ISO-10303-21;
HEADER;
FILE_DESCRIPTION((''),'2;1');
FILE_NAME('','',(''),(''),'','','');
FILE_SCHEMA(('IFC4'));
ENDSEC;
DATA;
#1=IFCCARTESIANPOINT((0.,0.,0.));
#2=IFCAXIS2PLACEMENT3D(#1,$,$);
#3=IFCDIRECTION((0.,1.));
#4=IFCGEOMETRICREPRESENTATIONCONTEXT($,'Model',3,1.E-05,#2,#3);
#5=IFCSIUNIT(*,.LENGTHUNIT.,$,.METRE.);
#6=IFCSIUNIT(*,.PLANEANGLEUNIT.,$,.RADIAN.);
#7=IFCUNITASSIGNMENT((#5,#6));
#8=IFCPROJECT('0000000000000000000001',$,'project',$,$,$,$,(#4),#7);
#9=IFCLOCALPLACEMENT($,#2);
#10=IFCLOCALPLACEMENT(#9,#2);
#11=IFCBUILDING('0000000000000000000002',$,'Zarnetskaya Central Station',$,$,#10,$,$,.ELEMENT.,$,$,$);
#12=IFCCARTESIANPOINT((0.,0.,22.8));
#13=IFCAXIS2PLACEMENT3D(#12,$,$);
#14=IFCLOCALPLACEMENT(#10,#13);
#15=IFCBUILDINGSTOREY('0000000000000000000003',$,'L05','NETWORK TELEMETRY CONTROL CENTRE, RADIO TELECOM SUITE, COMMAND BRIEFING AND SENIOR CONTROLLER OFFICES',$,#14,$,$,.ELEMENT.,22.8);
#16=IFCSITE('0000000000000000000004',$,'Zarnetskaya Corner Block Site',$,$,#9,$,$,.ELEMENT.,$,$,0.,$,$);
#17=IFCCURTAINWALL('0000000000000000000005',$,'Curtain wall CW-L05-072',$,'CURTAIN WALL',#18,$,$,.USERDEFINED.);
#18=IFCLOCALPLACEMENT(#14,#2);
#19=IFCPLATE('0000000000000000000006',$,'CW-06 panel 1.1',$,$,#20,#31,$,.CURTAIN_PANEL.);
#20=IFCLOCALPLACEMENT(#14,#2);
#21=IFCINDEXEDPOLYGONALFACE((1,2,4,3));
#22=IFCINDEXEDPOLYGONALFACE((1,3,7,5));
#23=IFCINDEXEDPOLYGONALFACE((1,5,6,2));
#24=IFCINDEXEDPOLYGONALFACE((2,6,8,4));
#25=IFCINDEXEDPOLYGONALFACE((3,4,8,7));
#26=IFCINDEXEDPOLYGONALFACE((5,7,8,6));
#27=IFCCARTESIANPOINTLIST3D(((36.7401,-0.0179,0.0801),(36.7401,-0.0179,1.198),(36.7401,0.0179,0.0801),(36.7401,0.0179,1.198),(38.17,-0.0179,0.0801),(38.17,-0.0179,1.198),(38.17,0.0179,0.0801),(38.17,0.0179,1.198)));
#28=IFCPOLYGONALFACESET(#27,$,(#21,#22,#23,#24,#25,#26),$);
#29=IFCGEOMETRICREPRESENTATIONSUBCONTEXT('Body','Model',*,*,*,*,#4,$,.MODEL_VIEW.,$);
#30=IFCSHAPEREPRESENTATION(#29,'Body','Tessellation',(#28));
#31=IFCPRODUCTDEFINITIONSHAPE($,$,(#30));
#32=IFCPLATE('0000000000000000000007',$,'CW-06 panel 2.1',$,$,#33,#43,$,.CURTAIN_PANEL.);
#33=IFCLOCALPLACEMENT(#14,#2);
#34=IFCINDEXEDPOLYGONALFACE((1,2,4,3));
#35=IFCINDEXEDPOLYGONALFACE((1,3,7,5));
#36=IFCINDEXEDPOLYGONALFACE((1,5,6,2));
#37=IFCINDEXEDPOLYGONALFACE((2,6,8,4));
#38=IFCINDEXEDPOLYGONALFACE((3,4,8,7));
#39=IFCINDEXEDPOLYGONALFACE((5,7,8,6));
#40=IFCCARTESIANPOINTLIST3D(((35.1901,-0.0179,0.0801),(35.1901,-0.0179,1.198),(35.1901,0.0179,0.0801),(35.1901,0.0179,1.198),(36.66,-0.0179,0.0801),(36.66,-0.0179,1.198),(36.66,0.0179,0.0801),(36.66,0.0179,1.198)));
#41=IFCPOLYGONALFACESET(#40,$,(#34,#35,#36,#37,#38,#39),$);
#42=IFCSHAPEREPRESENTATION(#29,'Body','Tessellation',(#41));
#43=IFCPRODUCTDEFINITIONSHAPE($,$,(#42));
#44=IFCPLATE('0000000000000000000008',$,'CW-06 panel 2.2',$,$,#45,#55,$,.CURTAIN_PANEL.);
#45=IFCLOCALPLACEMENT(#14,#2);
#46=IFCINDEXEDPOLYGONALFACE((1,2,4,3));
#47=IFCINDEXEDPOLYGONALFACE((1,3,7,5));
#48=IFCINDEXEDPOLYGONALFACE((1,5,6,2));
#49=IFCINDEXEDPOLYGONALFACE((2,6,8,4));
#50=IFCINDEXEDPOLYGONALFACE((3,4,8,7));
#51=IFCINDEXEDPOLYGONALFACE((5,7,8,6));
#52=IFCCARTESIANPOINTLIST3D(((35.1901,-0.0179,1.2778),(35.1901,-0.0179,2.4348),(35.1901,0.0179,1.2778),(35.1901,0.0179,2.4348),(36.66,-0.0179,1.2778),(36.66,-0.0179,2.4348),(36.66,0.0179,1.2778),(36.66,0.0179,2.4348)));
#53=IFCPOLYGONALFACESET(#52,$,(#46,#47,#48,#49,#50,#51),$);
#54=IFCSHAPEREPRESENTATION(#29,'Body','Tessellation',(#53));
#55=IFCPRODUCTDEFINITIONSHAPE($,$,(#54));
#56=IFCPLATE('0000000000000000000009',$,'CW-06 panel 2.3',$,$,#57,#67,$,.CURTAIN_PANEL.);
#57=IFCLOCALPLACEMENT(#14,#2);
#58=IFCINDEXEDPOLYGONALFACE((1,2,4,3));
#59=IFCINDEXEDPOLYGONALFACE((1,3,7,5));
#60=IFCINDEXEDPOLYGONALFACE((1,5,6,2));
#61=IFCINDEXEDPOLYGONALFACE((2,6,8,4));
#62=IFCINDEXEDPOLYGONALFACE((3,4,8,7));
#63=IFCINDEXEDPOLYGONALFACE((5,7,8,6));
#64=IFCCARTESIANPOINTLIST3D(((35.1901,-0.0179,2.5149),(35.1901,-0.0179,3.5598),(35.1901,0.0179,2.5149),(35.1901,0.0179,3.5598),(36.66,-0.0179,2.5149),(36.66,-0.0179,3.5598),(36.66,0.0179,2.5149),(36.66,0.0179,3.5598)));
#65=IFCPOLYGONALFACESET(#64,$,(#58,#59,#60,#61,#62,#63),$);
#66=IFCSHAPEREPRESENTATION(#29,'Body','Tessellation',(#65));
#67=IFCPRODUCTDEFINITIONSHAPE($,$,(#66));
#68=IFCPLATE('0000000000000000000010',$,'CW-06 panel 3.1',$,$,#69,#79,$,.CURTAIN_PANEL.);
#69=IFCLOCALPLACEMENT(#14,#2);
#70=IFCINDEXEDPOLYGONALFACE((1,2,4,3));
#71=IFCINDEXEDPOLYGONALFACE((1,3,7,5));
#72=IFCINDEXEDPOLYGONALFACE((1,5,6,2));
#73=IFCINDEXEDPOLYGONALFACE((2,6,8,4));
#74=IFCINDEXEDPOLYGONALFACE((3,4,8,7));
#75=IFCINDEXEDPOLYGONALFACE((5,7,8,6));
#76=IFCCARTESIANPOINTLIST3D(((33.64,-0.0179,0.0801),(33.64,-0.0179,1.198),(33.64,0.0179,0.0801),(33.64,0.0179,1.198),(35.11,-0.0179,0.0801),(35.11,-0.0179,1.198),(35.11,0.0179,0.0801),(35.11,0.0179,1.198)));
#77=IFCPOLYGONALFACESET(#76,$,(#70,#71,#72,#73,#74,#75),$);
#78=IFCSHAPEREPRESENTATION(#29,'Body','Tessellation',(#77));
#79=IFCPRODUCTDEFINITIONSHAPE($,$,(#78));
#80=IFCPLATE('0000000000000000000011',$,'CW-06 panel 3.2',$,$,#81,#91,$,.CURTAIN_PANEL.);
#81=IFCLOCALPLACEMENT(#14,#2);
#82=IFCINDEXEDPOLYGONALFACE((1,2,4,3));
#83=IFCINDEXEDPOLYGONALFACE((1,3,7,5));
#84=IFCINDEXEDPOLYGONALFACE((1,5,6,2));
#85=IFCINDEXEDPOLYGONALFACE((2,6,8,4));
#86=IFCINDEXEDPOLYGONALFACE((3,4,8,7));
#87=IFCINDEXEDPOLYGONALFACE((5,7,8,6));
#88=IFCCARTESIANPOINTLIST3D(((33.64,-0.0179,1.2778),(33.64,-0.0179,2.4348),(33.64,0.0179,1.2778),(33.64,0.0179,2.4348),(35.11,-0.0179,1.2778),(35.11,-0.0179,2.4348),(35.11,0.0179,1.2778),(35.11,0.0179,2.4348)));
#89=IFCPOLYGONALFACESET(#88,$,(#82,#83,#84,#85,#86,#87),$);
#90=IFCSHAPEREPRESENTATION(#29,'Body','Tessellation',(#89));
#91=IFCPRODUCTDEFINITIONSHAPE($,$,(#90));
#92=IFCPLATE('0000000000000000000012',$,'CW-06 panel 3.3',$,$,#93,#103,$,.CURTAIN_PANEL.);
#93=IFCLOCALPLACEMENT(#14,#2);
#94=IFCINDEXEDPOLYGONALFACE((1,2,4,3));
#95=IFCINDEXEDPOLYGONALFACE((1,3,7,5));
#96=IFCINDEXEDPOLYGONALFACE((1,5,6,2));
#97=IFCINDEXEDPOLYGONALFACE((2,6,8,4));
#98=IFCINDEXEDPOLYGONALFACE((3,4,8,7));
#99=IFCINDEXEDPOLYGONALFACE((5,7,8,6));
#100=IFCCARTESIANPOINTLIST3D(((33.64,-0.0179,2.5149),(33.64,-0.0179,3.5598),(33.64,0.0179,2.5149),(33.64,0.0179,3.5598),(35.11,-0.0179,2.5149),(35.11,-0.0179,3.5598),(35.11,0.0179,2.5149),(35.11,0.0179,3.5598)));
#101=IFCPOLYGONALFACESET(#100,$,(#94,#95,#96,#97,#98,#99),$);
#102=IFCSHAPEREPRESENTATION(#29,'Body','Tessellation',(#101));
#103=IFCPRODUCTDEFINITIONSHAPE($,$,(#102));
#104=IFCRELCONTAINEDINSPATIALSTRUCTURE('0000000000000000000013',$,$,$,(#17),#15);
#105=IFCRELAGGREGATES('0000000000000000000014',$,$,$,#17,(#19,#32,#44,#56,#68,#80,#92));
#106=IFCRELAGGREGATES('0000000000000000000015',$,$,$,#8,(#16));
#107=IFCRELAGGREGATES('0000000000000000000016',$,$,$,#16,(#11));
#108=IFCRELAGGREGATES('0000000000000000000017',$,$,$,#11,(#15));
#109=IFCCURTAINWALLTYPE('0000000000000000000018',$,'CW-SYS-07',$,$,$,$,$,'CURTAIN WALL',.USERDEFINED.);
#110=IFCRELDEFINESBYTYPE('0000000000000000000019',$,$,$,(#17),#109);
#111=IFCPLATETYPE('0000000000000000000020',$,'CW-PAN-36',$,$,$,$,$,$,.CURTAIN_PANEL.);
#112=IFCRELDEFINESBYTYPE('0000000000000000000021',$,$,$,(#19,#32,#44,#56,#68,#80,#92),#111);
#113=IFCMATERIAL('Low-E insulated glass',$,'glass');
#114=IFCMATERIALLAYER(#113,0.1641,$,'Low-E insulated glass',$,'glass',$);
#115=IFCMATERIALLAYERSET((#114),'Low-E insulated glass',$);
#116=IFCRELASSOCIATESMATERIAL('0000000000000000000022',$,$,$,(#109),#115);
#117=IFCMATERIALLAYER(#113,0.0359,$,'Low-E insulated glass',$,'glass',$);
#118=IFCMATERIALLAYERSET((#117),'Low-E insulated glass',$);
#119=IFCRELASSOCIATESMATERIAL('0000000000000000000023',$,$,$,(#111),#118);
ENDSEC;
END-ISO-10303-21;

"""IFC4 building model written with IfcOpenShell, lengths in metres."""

from ifc_helpers import new_model, si_unit, direction, frame, origin, origin_2d, place, context, subcontext, project, spatial, rectangle, extrude, material, layer, layer_set, type_object, element, aggregate, save


model = new_model("IFC4")

# Units and contexts
model_context = context("Model", 3, precision=1e-05, world=origin(), true_north=direction((0.0, 1.0)))
body_context = subcontext(model_context, "Body", "Model", "MODEL_VIEW")
ifc_project = project(units=[si_unit("LENGTHUNIT", "METRE"), si_unit("PLANEANGLEUNIT", "RADIAN")], contexts=[model_context])

# Site, building, storey
site_placement = place(None, origin())
site = spatial("IfcSite", under=ifc_project, at=site_placement, Name="Zarnetskaya Corner Block Site", CompositionType="ELEMENT", RefElevation=0.0)
building_placement = place(site_placement, origin())
building = spatial("IfcBuilding", under=site, at=building_placement, Name="Zarnetskaya Central Station", CompositionType="ELEMENT")
storey_placement = place(building_placement, frame((0.0, 0.0, 22.8)))
storey = spatial("IfcBuildingStorey", under=building, at=storey_placement, Name="L05", Description="NETWORK TELEMETRY CONTROL CENTRE, RADIO TELECOM SUITE, COMMAND BRIEFING AND SENIOR CONTROLLER OFFICES", CompositionType="ELEMENT", Elevation=22.8)

# Curtain wall, plates
ifc_material_1 = material(Name="Low-E insulated glass", Category="glass")
ifc_layer_1 = layer(ifc_material_1, 0.1641, Name="Low-E insulated glass", Category="glass")
ifc_layer_set_1 = layer_set([ifc_layer_1], Name="Low-E insulated glass")
curtain_wall_type = type_object("IfcCurtainWallType", Name="CW-SYS-07", ElementType="CURTAIN WALL", PredefinedType="USERDEFINED", material=ifc_layer_set_1)
curtain_wall_placement = place(storey_placement, origin())
curtain_wall = element("IfcCurtainWall", 1, at=curtain_wall_placement, inside=storey, type_object=curtain_wall_type, Name="Curtain wall CW-L05-072", ObjectType="CURTAIN WALL", PredefinedType="USERDEFINED")
ifc_layer_2 = layer(ifc_material_1, 0.0359, Name="Low-E insulated glass", Category="glass")
ifc_layer_set_2 = layer_set([ifc_layer_2], Name="Low-E insulated glass")
plate_type = type_object("IfcPlateType", Name="CW-PAN-36", PredefinedType="CURTAIN_PANEL", material=ifc_layer_set_2)
plate_1_placement = place(storey_placement, frame((37.4551, 0.0, 0.0801), z_axis=(0.0, 0.0, 1.0), x_axis=(-1.0, 0.0, 0.0)))
plate_1 = element("IfcPlate", 2, at=plate_1_placement, type_object=plate_type, Name="CW-06 panel 1.1", PredefinedType="CURTAIN_PANEL", context=body_context, shape_type="SweptSolid", body=[
    extrude(rectangle(XDim=1.4299, YDim=0.0359, at=origin_2d()), origin(), (0.0, 0.0, 1.0), 1.1179),
])
plate_2_placement = place(storey_placement, frame((35.925, 0.0, 0.0801), z_axis=(0.0, 0.0, 1.0), x_axis=(-1.0, 0.0, 0.0)))
plate_2 = element("IfcPlate", 3, at=plate_2_placement, type_object=plate_type, Name="CW-06 panel 2.1", PredefinedType="CURTAIN_PANEL", context=body_context, shape_type="SweptSolid", body=[
    extrude(rectangle(XDim=1.47, YDim=0.0359, at=origin_2d()), origin(), (0.0, 0.0, 1.0), 1.1179),
])
plate_3_placement = place(storey_placement, frame((35.925, 0.0, 1.2778), z_axis=(0.0, 0.0, 1.0), x_axis=(-1.0, 0.0, 0.0)))
plate_3 = element("IfcPlate", 4, at=plate_3_placement, type_object=plate_type, Name="CW-06 panel 2.2", PredefinedType="CURTAIN_PANEL", context=body_context, shape_type="SweptSolid", body=[
    extrude(rectangle(XDim=1.47, YDim=0.0359, at=origin_2d()), origin(), (0.0, 0.0, 1.0), 1.157),
])
plate_4_placement = place(storey_placement, frame((35.925, 0.0, 2.5149), z_axis=(0.0, 0.0, 1.0), x_axis=(-1.0, 0.0, 0.0)))
plate_4 = element("IfcPlate", 5, at=plate_4_placement, type_object=plate_type, Name="CW-06 panel 2.3", PredefinedType="CURTAIN_PANEL", context=body_context, shape_type="SweptSolid", body=[
    extrude(rectangle(XDim=1.47, YDim=0.0359, at=origin_2d()), origin(), (0.0, 0.0, 1.0), 1.0449),
])
plate_5_placement = place(storey_placement, frame((34.375, 0.0, 0.0801), z_axis=(0.0, 0.0, 1.0), x_axis=(-1.0, 0.0, 0.0)))
plate_5 = element("IfcPlate", 6, at=plate_5_placement, type_object=plate_type, Name="CW-06 panel 3.1", PredefinedType="CURTAIN_PANEL", context=body_context, shape_type="SweptSolid", body=[
    extrude(rectangle(XDim=1.47, YDim=0.0359, at=origin_2d()), origin(), (0.0, 0.0, 1.0), 1.1179),
])
plate_6_placement = place(storey_placement, frame((34.375, 0.0, 1.2778), z_axis=(0.0, 0.0, 1.0), x_axis=(-1.0, 0.0, 0.0)))
plate_6 = element("IfcPlate", 7, at=plate_6_placement, type_object=plate_type, Name="CW-06 panel 3.2", PredefinedType="CURTAIN_PANEL", context=body_context, shape_type="SweptSolid", body=[
    extrude(rectangle(XDim=1.47, YDim=0.0359, at=origin_2d()), origin(), (0.0, 0.0, 1.0), 1.157),
])
plate_7_placement = place(storey_placement, frame((34.375, 0.0, 2.5149), z_axis=(0.0, 0.0, 1.0), x_axis=(-1.0, 0.0, 0.0)))
plate_7 = element("IfcPlate", 8, at=plate_7_placement, type_object=plate_type, Name="CW-06 panel 3.3", PredefinedType="CURTAIN_PANEL", context=body_context, shape_type="SweptSolid", body=[
    extrude(rectangle(XDim=1.47, YDim=0.0359, at=origin_2d()), origin(), (0.0, 0.0, 1.0), 1.0449),
])
aggregate(curtain_wall, [plate_1, plate_2, plate_3, plate_4, plate_5, plate_6, plate_7])

save(model, "model.ifc")
